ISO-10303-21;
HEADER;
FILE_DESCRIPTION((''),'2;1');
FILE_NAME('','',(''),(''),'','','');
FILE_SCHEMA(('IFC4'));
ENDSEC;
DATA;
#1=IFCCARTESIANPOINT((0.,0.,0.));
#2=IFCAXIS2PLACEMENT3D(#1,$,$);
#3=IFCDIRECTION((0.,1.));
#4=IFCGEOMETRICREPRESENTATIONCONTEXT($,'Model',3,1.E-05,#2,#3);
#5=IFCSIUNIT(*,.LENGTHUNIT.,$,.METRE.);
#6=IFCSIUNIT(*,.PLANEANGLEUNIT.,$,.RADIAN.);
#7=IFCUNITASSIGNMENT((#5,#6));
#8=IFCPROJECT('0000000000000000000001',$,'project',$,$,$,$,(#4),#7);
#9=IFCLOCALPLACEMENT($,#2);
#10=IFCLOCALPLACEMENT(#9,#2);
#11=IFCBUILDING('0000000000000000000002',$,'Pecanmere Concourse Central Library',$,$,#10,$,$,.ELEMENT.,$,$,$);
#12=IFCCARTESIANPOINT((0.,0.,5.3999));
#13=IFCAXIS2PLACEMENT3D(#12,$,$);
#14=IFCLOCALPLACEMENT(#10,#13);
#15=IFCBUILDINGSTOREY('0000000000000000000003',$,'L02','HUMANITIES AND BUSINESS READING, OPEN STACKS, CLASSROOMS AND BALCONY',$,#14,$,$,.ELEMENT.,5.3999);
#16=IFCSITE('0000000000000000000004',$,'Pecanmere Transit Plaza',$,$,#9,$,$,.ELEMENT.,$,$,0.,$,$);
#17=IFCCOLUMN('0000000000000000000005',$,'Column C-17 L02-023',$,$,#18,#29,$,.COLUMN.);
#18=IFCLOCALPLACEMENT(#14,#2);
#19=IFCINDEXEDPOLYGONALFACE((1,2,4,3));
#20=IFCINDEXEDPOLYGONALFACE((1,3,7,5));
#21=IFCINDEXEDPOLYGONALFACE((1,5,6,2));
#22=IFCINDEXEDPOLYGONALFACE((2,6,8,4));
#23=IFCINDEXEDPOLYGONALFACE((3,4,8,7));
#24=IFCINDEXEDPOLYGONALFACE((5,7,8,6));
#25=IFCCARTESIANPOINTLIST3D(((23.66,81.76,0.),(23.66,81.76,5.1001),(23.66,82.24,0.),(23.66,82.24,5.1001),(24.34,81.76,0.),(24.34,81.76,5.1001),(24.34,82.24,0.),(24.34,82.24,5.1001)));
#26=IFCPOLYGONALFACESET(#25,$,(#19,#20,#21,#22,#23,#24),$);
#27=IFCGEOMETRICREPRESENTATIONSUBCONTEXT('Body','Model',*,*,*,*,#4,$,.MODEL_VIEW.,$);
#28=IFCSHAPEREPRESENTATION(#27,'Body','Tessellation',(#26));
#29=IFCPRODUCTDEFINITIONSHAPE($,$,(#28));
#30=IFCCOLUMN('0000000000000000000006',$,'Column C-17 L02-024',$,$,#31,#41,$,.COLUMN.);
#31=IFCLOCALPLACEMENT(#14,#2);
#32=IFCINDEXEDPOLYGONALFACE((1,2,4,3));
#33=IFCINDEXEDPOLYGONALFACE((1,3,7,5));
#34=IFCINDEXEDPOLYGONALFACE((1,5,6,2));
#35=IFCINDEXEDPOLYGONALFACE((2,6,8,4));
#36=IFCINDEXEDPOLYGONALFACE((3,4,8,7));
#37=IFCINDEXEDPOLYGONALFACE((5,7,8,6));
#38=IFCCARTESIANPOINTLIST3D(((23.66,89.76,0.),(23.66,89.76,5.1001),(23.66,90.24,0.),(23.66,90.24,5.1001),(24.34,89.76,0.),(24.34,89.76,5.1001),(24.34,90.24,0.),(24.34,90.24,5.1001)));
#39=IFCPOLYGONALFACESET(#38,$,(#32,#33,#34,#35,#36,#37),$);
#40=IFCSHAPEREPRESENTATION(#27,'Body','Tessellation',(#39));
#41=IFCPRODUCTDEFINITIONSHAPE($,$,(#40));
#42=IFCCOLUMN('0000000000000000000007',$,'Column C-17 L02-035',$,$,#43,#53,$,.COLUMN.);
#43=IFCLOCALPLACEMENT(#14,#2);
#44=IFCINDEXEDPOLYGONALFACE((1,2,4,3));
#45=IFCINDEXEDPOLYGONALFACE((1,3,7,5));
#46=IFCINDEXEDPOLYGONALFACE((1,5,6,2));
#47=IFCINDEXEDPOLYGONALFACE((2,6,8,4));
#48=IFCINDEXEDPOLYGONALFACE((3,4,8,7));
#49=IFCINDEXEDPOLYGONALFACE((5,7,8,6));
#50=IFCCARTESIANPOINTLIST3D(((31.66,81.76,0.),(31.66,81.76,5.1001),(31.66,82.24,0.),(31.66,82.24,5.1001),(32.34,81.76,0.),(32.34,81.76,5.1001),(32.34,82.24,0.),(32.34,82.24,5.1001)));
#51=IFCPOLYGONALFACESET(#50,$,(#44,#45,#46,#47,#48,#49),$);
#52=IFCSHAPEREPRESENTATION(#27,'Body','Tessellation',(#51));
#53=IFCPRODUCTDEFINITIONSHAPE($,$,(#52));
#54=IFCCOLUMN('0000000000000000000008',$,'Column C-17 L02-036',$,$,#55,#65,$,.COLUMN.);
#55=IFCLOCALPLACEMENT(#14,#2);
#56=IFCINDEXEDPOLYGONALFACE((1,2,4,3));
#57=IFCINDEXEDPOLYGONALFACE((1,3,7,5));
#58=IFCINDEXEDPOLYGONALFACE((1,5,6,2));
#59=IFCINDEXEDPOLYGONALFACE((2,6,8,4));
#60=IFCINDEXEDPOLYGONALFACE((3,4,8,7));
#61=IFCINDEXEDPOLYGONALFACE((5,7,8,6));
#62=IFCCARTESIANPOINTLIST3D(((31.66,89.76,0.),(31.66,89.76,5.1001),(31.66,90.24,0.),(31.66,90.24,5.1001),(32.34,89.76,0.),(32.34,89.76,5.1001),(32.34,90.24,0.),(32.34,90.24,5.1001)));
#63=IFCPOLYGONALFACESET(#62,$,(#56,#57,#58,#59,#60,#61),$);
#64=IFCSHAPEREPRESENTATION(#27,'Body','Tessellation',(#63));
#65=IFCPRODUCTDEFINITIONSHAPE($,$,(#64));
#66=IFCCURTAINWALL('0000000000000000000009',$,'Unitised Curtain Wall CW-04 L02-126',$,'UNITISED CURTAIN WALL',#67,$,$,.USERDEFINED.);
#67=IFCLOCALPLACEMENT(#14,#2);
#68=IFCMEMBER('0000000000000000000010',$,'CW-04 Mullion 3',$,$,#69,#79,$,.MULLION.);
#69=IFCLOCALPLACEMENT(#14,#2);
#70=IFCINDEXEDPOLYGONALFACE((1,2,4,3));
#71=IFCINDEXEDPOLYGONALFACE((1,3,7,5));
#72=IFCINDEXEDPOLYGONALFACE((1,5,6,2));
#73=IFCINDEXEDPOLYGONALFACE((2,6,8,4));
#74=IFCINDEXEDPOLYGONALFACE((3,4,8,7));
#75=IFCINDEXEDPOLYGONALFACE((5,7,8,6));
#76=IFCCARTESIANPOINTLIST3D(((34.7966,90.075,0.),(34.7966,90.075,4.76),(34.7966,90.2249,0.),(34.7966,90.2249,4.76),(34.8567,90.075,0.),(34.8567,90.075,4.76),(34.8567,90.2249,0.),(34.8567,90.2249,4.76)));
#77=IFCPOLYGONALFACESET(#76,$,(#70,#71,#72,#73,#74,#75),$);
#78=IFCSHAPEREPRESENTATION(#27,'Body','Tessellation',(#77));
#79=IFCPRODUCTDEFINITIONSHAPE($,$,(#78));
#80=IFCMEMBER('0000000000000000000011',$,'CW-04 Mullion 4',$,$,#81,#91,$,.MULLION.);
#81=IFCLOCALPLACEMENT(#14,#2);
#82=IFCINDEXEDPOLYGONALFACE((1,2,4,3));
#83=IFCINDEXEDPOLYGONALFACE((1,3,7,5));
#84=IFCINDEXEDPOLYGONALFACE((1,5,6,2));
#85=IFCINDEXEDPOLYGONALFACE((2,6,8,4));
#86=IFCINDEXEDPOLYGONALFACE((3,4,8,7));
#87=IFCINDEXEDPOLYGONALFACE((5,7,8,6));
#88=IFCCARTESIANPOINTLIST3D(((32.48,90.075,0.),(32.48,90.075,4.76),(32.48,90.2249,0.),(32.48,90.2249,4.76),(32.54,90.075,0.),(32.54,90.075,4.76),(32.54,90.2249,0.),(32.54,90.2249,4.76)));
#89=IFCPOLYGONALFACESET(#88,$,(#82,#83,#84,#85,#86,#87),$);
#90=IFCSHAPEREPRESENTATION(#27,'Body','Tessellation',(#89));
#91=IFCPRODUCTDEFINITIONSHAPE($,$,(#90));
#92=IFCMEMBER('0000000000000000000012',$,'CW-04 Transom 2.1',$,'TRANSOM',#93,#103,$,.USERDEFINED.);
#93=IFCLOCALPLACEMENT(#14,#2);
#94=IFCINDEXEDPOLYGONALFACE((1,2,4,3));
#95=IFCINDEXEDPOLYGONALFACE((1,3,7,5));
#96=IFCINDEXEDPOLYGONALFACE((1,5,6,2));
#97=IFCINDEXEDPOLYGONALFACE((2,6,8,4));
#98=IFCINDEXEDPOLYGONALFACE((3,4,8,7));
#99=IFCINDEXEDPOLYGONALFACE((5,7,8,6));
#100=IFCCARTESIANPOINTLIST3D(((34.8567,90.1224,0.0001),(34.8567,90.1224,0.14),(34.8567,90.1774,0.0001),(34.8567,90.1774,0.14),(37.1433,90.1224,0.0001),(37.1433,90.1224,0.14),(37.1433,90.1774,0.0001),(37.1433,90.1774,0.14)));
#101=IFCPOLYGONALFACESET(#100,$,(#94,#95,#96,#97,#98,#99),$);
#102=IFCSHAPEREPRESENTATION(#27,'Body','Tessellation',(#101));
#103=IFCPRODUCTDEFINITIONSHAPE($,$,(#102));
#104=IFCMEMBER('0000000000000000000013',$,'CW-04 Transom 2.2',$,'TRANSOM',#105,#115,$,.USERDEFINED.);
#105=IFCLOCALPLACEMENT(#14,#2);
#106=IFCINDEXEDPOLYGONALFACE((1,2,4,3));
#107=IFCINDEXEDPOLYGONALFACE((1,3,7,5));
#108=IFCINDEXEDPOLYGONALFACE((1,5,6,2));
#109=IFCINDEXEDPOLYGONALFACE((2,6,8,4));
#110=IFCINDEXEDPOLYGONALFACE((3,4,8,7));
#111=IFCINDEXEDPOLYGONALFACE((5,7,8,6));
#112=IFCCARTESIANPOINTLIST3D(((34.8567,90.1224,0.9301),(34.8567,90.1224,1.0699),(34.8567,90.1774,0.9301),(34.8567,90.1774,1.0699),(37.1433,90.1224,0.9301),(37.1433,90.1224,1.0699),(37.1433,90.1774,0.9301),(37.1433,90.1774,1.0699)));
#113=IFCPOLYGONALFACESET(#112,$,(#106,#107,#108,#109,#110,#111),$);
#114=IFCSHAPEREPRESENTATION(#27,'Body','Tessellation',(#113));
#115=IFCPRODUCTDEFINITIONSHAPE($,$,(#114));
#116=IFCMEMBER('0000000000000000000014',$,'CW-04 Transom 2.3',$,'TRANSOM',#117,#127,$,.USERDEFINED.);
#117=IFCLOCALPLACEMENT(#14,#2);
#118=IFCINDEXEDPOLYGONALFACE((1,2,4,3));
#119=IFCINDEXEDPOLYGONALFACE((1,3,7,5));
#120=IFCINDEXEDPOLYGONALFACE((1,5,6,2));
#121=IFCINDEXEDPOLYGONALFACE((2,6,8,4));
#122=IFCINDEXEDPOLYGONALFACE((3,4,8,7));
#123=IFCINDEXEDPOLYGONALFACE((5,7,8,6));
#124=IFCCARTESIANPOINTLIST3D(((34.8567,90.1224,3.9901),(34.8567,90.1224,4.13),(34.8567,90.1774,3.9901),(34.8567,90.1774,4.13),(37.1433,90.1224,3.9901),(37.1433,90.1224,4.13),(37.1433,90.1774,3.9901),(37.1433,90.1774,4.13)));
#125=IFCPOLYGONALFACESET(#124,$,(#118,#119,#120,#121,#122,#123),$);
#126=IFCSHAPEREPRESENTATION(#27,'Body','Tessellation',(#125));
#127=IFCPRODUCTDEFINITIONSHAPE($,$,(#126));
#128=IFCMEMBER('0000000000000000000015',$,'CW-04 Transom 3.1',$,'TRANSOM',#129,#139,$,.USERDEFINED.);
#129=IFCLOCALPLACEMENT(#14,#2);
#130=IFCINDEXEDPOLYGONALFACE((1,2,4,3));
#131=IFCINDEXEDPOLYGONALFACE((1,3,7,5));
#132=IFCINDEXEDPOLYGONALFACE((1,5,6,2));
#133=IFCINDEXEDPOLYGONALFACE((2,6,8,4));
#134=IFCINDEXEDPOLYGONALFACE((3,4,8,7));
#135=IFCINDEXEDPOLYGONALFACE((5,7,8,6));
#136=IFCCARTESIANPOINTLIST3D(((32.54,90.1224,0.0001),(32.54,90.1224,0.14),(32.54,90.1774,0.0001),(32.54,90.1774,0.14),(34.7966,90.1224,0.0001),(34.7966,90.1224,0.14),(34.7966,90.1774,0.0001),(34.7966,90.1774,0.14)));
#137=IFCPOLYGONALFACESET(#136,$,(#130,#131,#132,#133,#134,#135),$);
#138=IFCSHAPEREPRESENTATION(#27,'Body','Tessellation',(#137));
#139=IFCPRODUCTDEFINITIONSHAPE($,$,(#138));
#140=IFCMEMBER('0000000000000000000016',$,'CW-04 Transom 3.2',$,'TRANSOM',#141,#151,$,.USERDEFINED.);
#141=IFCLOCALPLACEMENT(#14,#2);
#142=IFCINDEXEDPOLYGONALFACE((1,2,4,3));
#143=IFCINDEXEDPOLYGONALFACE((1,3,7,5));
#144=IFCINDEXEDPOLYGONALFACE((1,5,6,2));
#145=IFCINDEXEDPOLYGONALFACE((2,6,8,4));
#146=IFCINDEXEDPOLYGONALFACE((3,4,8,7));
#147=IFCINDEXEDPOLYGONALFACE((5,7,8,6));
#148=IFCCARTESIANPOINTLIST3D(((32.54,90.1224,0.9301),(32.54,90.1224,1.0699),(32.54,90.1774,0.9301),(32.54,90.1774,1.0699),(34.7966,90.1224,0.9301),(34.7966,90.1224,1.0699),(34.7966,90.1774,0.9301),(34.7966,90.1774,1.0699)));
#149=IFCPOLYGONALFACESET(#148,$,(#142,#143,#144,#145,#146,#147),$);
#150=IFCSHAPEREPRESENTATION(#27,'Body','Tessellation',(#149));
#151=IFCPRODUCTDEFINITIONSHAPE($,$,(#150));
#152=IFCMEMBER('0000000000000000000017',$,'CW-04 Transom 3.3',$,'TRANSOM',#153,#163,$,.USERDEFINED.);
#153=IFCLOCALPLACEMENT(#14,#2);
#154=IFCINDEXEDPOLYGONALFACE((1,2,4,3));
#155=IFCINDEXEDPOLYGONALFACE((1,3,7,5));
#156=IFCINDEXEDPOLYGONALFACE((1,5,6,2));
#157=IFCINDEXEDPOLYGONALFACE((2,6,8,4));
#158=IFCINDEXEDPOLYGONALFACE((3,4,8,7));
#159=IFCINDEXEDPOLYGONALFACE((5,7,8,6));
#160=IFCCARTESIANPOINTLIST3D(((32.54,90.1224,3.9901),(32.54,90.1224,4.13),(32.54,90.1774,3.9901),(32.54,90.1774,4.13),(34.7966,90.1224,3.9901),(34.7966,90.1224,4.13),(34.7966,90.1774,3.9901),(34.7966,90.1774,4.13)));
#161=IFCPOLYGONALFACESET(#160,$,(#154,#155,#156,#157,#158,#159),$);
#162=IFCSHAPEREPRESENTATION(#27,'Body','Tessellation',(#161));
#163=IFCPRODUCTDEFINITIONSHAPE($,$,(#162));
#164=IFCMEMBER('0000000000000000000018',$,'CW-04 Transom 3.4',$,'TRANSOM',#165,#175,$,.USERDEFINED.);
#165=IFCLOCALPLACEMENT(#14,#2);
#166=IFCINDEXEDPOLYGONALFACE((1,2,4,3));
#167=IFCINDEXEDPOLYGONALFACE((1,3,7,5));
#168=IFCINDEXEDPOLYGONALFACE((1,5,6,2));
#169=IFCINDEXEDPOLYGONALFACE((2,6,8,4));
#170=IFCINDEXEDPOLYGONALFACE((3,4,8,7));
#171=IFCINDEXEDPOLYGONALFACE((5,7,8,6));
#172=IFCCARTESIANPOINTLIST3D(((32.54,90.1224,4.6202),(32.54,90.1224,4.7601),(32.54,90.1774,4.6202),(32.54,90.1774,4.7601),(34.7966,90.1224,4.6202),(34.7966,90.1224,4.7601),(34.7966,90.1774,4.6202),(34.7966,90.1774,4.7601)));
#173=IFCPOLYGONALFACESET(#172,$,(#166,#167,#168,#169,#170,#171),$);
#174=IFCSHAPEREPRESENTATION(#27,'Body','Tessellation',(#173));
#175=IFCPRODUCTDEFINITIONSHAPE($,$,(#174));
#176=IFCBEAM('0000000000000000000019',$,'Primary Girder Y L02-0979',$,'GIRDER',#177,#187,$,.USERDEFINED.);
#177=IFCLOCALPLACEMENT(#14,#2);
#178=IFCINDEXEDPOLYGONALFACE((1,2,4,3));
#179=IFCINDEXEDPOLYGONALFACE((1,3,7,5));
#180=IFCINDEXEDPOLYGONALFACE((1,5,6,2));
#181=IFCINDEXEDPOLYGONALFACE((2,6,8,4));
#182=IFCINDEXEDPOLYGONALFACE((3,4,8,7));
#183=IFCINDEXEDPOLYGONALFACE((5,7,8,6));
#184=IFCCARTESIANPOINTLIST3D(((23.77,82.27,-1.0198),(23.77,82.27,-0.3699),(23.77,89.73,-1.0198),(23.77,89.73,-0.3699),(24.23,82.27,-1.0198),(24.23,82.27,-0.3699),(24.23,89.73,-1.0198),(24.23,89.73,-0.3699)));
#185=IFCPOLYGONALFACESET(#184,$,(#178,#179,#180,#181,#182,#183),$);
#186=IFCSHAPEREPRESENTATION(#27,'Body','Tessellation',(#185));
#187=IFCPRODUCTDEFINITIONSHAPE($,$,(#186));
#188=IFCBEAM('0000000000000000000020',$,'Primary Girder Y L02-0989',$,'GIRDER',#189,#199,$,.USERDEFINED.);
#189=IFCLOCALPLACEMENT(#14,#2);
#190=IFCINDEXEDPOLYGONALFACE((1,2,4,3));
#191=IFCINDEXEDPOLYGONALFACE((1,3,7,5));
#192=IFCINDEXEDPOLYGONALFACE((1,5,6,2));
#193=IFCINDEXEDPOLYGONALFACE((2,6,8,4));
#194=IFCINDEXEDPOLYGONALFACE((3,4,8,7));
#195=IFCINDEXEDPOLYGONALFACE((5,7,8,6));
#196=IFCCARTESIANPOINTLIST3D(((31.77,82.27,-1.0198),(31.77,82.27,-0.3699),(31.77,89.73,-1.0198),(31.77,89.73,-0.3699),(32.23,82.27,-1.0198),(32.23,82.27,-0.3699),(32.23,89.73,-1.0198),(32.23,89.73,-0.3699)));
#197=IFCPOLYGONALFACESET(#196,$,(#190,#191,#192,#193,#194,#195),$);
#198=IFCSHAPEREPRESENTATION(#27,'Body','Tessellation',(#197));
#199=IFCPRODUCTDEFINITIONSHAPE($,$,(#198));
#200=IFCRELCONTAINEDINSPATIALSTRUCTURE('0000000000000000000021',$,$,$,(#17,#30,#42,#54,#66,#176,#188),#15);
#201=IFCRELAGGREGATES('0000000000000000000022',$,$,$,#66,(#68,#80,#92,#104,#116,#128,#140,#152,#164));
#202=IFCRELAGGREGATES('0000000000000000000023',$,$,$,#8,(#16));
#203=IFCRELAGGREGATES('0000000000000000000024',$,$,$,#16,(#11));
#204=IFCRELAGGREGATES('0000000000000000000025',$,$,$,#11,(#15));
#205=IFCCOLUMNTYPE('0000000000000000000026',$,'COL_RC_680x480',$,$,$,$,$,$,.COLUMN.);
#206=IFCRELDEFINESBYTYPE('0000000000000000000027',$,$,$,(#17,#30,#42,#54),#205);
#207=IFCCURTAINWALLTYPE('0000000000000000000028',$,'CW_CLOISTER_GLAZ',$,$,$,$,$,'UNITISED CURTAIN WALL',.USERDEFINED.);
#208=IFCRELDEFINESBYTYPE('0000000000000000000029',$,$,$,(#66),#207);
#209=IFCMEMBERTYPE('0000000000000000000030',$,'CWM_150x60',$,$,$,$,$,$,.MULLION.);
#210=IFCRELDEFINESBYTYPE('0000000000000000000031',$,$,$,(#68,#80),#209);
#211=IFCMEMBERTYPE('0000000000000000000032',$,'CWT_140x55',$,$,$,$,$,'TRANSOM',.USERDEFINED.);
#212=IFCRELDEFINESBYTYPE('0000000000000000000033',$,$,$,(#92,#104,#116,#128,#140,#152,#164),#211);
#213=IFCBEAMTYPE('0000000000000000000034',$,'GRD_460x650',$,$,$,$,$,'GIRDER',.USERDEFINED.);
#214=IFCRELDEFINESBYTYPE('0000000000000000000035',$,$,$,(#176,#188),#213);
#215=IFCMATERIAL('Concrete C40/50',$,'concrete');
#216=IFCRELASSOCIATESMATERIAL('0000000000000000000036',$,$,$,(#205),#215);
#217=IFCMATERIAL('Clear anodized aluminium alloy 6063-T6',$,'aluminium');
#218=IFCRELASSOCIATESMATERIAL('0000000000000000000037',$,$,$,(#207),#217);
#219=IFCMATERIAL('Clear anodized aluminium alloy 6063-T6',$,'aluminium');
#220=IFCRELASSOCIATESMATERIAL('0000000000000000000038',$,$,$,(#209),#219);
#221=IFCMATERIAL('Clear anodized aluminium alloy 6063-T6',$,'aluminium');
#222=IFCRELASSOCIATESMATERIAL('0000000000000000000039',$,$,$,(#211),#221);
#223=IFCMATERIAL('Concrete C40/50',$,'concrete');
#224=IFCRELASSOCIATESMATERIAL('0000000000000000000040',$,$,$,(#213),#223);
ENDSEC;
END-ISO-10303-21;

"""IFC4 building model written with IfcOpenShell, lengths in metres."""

from ifc_helpers import new_model, si_unit, direction, frame, origin, origin_2d, place, context, subcontext, project, spatial, rectangle, extrude, material, material_profile, profile_set, type_object, element, aggregate, save


model = new_model("IFC4")

# Units and contexts
model_context = context("Model", 3, precision=1e-05, world=origin(), true_north=direction((0.0, 1.0)))
body_context = subcontext(model_context, "Body", "Model", "MODEL_VIEW")
ifc_project = project(units=[si_unit("LENGTHUNIT", "METRE"), si_unit("PLANEANGLEUNIT", "RADIAN")], contexts=[model_context])

# Site, building, storey
site_placement = place(None, origin())
site = spatial("IfcSite", under=ifc_project, at=site_placement, Name="Pecanmere Transit Plaza", CompositionType="ELEMENT", RefElevation=0.0)
building_placement = place(site_placement, origin())
building = spatial("IfcBuilding", under=site, at=building_placement, Name="Pecanmere Concourse Central Library", CompositionType="ELEMENT")
storey_placement = place(building_placement, frame((0.0, 0.0, 5.3999)))
storey = spatial("IfcBuildingStorey", under=building, at=storey_placement, Name="L02", Description="HUMANITIES AND BUSINESS READING, OPEN STACKS, CLASSROOMS AND BALCONY", CompositionType="ELEMENT", Elevation=5.3999)

# Columns
ifc_material_1 = material(Name="Concrete C40/50", Category="concrete")
ifc_material_profile_1 = material_profile(ifc_material_1, rectangle(XDim=0.6799, YDim=0.48, at=origin_2d()), Name="RC 680x480")
ifc_profile_set_1 = profile_set([ifc_material_profile_1], Name="Concrete C40/50")
column_type = type_object("IfcColumnType", Name="COL_RC_680x480", PredefinedType="COLUMN", material=ifc_profile_set_1)
for number, where, z_axis, x_axis, name in (
    (1, (24.0, 82.0, 0.0), (0.0, 0.0, 1.0), (1.0, 0.0, 0.0), "Column C-17 L02-023"),
    (2, (24.0, 90.0, 0.0), (0.0, 0.0, 1.0), (1.0, 0.0, 0.0), "Column C-17 L02-024"),
    (3, (32.0, 82.0, 0.0), (0.0, 0.0, 1.0), (1.0, 0.0, 0.0), "Column C-17 L02-035"),
    (4, (32.0, 90.0, 0.0), (0.0, 0.0, 1.0), (1.0, 0.0, 0.0), "Column C-17 L02-036"),
):
    element("IfcColumn", number, at=place(storey_placement, frame(where, z_axis=z_axis, x_axis=x_axis)), inside=storey, type_object=column_type, Name=name, PredefinedType="COLUMN", context=body_context, shape_type="SweptSolid", body=[
        extrude(rectangle(XDim=0.6799, YDim=0.48, at=origin_2d()), origin(), (0.0, 0.0, 1.0), 5.1001),
    ])

# Curtain wall, members
ifc_material_2 = material(Name="Clear anodized aluminium alloy 6063-T6", Category="aluminium")
curtain_wall_type = type_object("IfcCurtainWallType", Name="CW_CLOISTER_GLAZ", ElementType="UNITISED CURTAIN WALL", PredefinedType="USERDEFINED", material=ifc_material_2)
curtain_wall_placement = place(storey_placement, origin())
curtain_wall = element("IfcCurtainWall", 5, at=curtain_wall_placement, inside=storey, type_object=curtain_wall_type, Name="Unitised Curtain Wall CW-04 L02-126", ObjectType="UNITISED CURTAIN WALL", PredefinedType="USERDEFINED")
ifc_material_3 = material(Name="Clear anodized aluminium alloy 6063-T6", Category="aluminium")
ifc_material_profile_2 = material_profile(ifc_material_3, rectangle(XDim=0.0601, YDim=0.1499, at=origin_2d()), Name="AL 60x150")
ifc_profile_set_2 = profile_set([ifc_material_profile_2], Name="Clear anodized aluminium alloy 6063-T6")
member_type_1 = type_object("IfcMemberType", Name="CWM_150x60", PredefinedType="MULLION", material=ifc_profile_set_2)
member_1_placement = place(storey_placement, frame((34.8267, 90.1499, 0.0), z_axis=(0.0, 0.0, 1.0), x_axis=(-1.0, 0.0, 0.0)))
member_1 = element("IfcMember", 6, at=member_1_placement, type_object=member_type_1, Name="CW-04 Mullion 3", PredefinedType="MULLION", context=body_context, shape_type="SweptSolid", body=[
    extrude(rectangle(XDim=0.0601, YDim=0.1499, at=origin_2d()), origin(), (0.0, 0.0, 1.0), 4.76),
])
member_2_placement = place(storey_placement, frame((32.51, 90.1499, 0.0), z_axis=(0.0, 0.0, 1.0), x_axis=(-1.0, 0.0, 0.0)))
member_2 = element("IfcMember", 7, at=member_2_placement, type_object=member_type_1, Name="CW-04 Mullion 4", PredefinedType="MULLION", context=body_context, shape_type="SweptSolid", body=[
    extrude(rectangle(XDim=0.0601, YDim=0.1499, at=origin_2d()), origin(), (0.0, 0.0, 1.0), 4.76),
])
ifc_material_4 = material(Name="Clear anodized aluminium alloy 6063-T6", Category="aluminium")
ifc_material_profile_3 = material_profile(ifc_material_4, rectangle(XDim=0.0549, YDim=0.1399, at=origin_2d()), Name="AL 55x140")
ifc_profile_set_3 = profile_set([ifc_material_profile_3], Name="Clear anodized aluminium alloy 6063-T6")
member_type_2 = type_object("IfcMemberType", Name="CWT_140x55", ElementType="TRANSOM", PredefinedType="USERDEFINED", material=ifc_profile_set_3)
member_3_placement = place(storey_placement, frame((37.1433, 90.1499, 0.0701), z_axis=(-1.0, 0.0, 0.0), x_axis=(0.0, -1.0, 0.0)))
member_3 = element("IfcMember", 8, at=member_3_placement, type_object=member_type_2, Name="CW-04 Transom 2.1", ObjectType="TRANSOM", PredefinedType="USERDEFINED", context=body_context, shape_type="SweptSolid", body=[
    extrude(rectangle(XDim=0.0549, YDim=0.1399, at=origin_2d()), origin(), (0.0, 0.0, 1.0), 2.2866),
])
member_4_placement = place(storey_placement, frame((37.1433, 90.1499, 1.0), z_axis=(-1.0, 0.0, 0.0), x_axis=(0.0, -1.0, 0.0)))
member_4 = element("IfcMember", 9, at=member_4_placement, type_object=member_type_2, Name="CW-04 Transom 2.2", ObjectType="TRANSOM", PredefinedType="USERDEFINED", context=body_context, shape_type="SweptSolid", body=[
    extrude(rectangle(XDim=0.0549, YDim=0.1399, at=origin_2d()), origin(), (0.0, 0.0, 1.0), 2.2866),
])
member_5_placement = place(storey_placement, frame((37.1433, 90.1499, 4.0601), z_axis=(-1.0, 0.0, 0.0), x_axis=(0.0, -1.0, 0.0)))
member_5 = element("IfcMember", 10, at=member_5_placement, type_object=member_type_2, Name="CW-04 Transom 2.3", ObjectType="TRANSOM", PredefinedType="USERDEFINED", context=body_context, shape_type="SweptSolid", body=[
    extrude(rectangle(XDim=0.0549, YDim=0.1399, at=origin_2d()), origin(), (0.0, 0.0, 1.0), 2.2866),
])
member_6_placement = place(storey_placement, frame((34.7966, 90.1499, 0.0701), z_axis=(-1.0, 0.0, 0.0), x_axis=(0.0, -1.0, 0.0)))
member_6 = element("IfcMember", 11, at=member_6_placement, type_object=member_type_2, Name="CW-04 Transom 3.1", ObjectType="TRANSOM", PredefinedType="USERDEFINED", context=body_context, shape_type="SweptSolid", body=[
    extrude(rectangle(XDim=0.0549, YDim=0.1399, at=origin_2d()), origin(), (0.0, 0.0, 1.0), 2.2566),
])
member_7_placement = place(storey_placement, frame((34.7966, 90.1499, 1.0), z_axis=(-1.0, 0.0, 0.0), x_axis=(0.0, -1.0, 0.0)))
member_7 = element("IfcMember", 12, at=member_7_placement, type_object=member_type_2, Name="CW-04 Transom 3.2", ObjectType="TRANSOM", PredefinedType="USERDEFINED", context=body_context, shape_type="SweptSolid", body=[
    extrude(rectangle(XDim=0.0549, YDim=0.1399, at=origin_2d()), origin(), (0.0, 0.0, 1.0), 2.2566),
])
member_8_placement = place(storey_placement, frame((34.7966, 90.1499, 4.0601), z_axis=(-1.0, 0.0, 0.0), x_axis=(0.0, -1.0, 0.0)))
member_8 = element("IfcMember", 13, at=member_8_placement, type_object=member_type_2, Name="CW-04 Transom 3.3", ObjectType="TRANSOM", PredefinedType="USERDEFINED", context=body_context, shape_type="SweptSolid", body=[
    extrude(rectangle(XDim=0.0549, YDim=0.1399, at=origin_2d()), origin(), (0.0, 0.0, 1.0), 2.2566),
])
member_9_placement = place(storey_placement, frame((34.7966, 90.1499, 4.6902), z_axis=(-1.0, 0.0, 0.0), x_axis=(0.0, -1.0, 0.0)))
member_9 = element("IfcMember", 14, at=member_9_placement, type_object=member_type_2, Name="CW-04 Transom 3.4", ObjectType="TRANSOM", PredefinedType="USERDEFINED", context=body_context, shape_type="SweptSolid", body=[
    extrude(rectangle(XDim=0.0549, YDim=0.1399, at=origin_2d()), origin(), (0.0, 0.0, 1.0), 2.2566),
])

# Beams
ifc_material_5 = material(Name="Concrete C40/50", Category="concrete")
ifc_material_profile_4 = material_profile(ifc_material_5, rectangle(XDim=0.46, YDim=0.6499, at=origin_2d()), Name="RC 460x650")
ifc_profile_set_4 = profile_set([ifc_material_profile_4], Name="Concrete C40/50")
beam_type_1 = type_object("IfcBeamType", Name="GRD_460x650", ElementType="GIRDER", PredefinedType="USERDEFINED", material=ifc_profile_set_4)
for number, where, z_axis, x_axis, name in (
    (15, (24.0, 82.27, -0.6948), (0.0, 1.0, 0.0), (-1.0, 0.0, 0.0), "Primary Girder Y L02-0979"),
    (16, (32.0, 82.27, -0.6948), (0.0, 1.0, 0.0), (-1.0, 0.0, 0.0), "Primary Girder Y L02-0989"),
):
    element("IfcBeam", number, at=place(storey_placement, frame(where, z_axis=z_axis, x_axis=x_axis)), inside=storey, type_object=beam_type_1, Name=name, ObjectType="GIRDER", PredefinedType="USERDEFINED", context=body_context, shape_type="SweptSolid", body=[
        extrude(rectangle(XDim=0.46, YDim=0.6499, at=origin_2d()), origin(), (0.0, 0.0, 1.0), 7.46),
    ])

aggregate(curtain_wall, [member_1, member_2, member_3, member_4, member_5, member_6, member_7, member_8, member_9])

save(model, "model.ifc")
